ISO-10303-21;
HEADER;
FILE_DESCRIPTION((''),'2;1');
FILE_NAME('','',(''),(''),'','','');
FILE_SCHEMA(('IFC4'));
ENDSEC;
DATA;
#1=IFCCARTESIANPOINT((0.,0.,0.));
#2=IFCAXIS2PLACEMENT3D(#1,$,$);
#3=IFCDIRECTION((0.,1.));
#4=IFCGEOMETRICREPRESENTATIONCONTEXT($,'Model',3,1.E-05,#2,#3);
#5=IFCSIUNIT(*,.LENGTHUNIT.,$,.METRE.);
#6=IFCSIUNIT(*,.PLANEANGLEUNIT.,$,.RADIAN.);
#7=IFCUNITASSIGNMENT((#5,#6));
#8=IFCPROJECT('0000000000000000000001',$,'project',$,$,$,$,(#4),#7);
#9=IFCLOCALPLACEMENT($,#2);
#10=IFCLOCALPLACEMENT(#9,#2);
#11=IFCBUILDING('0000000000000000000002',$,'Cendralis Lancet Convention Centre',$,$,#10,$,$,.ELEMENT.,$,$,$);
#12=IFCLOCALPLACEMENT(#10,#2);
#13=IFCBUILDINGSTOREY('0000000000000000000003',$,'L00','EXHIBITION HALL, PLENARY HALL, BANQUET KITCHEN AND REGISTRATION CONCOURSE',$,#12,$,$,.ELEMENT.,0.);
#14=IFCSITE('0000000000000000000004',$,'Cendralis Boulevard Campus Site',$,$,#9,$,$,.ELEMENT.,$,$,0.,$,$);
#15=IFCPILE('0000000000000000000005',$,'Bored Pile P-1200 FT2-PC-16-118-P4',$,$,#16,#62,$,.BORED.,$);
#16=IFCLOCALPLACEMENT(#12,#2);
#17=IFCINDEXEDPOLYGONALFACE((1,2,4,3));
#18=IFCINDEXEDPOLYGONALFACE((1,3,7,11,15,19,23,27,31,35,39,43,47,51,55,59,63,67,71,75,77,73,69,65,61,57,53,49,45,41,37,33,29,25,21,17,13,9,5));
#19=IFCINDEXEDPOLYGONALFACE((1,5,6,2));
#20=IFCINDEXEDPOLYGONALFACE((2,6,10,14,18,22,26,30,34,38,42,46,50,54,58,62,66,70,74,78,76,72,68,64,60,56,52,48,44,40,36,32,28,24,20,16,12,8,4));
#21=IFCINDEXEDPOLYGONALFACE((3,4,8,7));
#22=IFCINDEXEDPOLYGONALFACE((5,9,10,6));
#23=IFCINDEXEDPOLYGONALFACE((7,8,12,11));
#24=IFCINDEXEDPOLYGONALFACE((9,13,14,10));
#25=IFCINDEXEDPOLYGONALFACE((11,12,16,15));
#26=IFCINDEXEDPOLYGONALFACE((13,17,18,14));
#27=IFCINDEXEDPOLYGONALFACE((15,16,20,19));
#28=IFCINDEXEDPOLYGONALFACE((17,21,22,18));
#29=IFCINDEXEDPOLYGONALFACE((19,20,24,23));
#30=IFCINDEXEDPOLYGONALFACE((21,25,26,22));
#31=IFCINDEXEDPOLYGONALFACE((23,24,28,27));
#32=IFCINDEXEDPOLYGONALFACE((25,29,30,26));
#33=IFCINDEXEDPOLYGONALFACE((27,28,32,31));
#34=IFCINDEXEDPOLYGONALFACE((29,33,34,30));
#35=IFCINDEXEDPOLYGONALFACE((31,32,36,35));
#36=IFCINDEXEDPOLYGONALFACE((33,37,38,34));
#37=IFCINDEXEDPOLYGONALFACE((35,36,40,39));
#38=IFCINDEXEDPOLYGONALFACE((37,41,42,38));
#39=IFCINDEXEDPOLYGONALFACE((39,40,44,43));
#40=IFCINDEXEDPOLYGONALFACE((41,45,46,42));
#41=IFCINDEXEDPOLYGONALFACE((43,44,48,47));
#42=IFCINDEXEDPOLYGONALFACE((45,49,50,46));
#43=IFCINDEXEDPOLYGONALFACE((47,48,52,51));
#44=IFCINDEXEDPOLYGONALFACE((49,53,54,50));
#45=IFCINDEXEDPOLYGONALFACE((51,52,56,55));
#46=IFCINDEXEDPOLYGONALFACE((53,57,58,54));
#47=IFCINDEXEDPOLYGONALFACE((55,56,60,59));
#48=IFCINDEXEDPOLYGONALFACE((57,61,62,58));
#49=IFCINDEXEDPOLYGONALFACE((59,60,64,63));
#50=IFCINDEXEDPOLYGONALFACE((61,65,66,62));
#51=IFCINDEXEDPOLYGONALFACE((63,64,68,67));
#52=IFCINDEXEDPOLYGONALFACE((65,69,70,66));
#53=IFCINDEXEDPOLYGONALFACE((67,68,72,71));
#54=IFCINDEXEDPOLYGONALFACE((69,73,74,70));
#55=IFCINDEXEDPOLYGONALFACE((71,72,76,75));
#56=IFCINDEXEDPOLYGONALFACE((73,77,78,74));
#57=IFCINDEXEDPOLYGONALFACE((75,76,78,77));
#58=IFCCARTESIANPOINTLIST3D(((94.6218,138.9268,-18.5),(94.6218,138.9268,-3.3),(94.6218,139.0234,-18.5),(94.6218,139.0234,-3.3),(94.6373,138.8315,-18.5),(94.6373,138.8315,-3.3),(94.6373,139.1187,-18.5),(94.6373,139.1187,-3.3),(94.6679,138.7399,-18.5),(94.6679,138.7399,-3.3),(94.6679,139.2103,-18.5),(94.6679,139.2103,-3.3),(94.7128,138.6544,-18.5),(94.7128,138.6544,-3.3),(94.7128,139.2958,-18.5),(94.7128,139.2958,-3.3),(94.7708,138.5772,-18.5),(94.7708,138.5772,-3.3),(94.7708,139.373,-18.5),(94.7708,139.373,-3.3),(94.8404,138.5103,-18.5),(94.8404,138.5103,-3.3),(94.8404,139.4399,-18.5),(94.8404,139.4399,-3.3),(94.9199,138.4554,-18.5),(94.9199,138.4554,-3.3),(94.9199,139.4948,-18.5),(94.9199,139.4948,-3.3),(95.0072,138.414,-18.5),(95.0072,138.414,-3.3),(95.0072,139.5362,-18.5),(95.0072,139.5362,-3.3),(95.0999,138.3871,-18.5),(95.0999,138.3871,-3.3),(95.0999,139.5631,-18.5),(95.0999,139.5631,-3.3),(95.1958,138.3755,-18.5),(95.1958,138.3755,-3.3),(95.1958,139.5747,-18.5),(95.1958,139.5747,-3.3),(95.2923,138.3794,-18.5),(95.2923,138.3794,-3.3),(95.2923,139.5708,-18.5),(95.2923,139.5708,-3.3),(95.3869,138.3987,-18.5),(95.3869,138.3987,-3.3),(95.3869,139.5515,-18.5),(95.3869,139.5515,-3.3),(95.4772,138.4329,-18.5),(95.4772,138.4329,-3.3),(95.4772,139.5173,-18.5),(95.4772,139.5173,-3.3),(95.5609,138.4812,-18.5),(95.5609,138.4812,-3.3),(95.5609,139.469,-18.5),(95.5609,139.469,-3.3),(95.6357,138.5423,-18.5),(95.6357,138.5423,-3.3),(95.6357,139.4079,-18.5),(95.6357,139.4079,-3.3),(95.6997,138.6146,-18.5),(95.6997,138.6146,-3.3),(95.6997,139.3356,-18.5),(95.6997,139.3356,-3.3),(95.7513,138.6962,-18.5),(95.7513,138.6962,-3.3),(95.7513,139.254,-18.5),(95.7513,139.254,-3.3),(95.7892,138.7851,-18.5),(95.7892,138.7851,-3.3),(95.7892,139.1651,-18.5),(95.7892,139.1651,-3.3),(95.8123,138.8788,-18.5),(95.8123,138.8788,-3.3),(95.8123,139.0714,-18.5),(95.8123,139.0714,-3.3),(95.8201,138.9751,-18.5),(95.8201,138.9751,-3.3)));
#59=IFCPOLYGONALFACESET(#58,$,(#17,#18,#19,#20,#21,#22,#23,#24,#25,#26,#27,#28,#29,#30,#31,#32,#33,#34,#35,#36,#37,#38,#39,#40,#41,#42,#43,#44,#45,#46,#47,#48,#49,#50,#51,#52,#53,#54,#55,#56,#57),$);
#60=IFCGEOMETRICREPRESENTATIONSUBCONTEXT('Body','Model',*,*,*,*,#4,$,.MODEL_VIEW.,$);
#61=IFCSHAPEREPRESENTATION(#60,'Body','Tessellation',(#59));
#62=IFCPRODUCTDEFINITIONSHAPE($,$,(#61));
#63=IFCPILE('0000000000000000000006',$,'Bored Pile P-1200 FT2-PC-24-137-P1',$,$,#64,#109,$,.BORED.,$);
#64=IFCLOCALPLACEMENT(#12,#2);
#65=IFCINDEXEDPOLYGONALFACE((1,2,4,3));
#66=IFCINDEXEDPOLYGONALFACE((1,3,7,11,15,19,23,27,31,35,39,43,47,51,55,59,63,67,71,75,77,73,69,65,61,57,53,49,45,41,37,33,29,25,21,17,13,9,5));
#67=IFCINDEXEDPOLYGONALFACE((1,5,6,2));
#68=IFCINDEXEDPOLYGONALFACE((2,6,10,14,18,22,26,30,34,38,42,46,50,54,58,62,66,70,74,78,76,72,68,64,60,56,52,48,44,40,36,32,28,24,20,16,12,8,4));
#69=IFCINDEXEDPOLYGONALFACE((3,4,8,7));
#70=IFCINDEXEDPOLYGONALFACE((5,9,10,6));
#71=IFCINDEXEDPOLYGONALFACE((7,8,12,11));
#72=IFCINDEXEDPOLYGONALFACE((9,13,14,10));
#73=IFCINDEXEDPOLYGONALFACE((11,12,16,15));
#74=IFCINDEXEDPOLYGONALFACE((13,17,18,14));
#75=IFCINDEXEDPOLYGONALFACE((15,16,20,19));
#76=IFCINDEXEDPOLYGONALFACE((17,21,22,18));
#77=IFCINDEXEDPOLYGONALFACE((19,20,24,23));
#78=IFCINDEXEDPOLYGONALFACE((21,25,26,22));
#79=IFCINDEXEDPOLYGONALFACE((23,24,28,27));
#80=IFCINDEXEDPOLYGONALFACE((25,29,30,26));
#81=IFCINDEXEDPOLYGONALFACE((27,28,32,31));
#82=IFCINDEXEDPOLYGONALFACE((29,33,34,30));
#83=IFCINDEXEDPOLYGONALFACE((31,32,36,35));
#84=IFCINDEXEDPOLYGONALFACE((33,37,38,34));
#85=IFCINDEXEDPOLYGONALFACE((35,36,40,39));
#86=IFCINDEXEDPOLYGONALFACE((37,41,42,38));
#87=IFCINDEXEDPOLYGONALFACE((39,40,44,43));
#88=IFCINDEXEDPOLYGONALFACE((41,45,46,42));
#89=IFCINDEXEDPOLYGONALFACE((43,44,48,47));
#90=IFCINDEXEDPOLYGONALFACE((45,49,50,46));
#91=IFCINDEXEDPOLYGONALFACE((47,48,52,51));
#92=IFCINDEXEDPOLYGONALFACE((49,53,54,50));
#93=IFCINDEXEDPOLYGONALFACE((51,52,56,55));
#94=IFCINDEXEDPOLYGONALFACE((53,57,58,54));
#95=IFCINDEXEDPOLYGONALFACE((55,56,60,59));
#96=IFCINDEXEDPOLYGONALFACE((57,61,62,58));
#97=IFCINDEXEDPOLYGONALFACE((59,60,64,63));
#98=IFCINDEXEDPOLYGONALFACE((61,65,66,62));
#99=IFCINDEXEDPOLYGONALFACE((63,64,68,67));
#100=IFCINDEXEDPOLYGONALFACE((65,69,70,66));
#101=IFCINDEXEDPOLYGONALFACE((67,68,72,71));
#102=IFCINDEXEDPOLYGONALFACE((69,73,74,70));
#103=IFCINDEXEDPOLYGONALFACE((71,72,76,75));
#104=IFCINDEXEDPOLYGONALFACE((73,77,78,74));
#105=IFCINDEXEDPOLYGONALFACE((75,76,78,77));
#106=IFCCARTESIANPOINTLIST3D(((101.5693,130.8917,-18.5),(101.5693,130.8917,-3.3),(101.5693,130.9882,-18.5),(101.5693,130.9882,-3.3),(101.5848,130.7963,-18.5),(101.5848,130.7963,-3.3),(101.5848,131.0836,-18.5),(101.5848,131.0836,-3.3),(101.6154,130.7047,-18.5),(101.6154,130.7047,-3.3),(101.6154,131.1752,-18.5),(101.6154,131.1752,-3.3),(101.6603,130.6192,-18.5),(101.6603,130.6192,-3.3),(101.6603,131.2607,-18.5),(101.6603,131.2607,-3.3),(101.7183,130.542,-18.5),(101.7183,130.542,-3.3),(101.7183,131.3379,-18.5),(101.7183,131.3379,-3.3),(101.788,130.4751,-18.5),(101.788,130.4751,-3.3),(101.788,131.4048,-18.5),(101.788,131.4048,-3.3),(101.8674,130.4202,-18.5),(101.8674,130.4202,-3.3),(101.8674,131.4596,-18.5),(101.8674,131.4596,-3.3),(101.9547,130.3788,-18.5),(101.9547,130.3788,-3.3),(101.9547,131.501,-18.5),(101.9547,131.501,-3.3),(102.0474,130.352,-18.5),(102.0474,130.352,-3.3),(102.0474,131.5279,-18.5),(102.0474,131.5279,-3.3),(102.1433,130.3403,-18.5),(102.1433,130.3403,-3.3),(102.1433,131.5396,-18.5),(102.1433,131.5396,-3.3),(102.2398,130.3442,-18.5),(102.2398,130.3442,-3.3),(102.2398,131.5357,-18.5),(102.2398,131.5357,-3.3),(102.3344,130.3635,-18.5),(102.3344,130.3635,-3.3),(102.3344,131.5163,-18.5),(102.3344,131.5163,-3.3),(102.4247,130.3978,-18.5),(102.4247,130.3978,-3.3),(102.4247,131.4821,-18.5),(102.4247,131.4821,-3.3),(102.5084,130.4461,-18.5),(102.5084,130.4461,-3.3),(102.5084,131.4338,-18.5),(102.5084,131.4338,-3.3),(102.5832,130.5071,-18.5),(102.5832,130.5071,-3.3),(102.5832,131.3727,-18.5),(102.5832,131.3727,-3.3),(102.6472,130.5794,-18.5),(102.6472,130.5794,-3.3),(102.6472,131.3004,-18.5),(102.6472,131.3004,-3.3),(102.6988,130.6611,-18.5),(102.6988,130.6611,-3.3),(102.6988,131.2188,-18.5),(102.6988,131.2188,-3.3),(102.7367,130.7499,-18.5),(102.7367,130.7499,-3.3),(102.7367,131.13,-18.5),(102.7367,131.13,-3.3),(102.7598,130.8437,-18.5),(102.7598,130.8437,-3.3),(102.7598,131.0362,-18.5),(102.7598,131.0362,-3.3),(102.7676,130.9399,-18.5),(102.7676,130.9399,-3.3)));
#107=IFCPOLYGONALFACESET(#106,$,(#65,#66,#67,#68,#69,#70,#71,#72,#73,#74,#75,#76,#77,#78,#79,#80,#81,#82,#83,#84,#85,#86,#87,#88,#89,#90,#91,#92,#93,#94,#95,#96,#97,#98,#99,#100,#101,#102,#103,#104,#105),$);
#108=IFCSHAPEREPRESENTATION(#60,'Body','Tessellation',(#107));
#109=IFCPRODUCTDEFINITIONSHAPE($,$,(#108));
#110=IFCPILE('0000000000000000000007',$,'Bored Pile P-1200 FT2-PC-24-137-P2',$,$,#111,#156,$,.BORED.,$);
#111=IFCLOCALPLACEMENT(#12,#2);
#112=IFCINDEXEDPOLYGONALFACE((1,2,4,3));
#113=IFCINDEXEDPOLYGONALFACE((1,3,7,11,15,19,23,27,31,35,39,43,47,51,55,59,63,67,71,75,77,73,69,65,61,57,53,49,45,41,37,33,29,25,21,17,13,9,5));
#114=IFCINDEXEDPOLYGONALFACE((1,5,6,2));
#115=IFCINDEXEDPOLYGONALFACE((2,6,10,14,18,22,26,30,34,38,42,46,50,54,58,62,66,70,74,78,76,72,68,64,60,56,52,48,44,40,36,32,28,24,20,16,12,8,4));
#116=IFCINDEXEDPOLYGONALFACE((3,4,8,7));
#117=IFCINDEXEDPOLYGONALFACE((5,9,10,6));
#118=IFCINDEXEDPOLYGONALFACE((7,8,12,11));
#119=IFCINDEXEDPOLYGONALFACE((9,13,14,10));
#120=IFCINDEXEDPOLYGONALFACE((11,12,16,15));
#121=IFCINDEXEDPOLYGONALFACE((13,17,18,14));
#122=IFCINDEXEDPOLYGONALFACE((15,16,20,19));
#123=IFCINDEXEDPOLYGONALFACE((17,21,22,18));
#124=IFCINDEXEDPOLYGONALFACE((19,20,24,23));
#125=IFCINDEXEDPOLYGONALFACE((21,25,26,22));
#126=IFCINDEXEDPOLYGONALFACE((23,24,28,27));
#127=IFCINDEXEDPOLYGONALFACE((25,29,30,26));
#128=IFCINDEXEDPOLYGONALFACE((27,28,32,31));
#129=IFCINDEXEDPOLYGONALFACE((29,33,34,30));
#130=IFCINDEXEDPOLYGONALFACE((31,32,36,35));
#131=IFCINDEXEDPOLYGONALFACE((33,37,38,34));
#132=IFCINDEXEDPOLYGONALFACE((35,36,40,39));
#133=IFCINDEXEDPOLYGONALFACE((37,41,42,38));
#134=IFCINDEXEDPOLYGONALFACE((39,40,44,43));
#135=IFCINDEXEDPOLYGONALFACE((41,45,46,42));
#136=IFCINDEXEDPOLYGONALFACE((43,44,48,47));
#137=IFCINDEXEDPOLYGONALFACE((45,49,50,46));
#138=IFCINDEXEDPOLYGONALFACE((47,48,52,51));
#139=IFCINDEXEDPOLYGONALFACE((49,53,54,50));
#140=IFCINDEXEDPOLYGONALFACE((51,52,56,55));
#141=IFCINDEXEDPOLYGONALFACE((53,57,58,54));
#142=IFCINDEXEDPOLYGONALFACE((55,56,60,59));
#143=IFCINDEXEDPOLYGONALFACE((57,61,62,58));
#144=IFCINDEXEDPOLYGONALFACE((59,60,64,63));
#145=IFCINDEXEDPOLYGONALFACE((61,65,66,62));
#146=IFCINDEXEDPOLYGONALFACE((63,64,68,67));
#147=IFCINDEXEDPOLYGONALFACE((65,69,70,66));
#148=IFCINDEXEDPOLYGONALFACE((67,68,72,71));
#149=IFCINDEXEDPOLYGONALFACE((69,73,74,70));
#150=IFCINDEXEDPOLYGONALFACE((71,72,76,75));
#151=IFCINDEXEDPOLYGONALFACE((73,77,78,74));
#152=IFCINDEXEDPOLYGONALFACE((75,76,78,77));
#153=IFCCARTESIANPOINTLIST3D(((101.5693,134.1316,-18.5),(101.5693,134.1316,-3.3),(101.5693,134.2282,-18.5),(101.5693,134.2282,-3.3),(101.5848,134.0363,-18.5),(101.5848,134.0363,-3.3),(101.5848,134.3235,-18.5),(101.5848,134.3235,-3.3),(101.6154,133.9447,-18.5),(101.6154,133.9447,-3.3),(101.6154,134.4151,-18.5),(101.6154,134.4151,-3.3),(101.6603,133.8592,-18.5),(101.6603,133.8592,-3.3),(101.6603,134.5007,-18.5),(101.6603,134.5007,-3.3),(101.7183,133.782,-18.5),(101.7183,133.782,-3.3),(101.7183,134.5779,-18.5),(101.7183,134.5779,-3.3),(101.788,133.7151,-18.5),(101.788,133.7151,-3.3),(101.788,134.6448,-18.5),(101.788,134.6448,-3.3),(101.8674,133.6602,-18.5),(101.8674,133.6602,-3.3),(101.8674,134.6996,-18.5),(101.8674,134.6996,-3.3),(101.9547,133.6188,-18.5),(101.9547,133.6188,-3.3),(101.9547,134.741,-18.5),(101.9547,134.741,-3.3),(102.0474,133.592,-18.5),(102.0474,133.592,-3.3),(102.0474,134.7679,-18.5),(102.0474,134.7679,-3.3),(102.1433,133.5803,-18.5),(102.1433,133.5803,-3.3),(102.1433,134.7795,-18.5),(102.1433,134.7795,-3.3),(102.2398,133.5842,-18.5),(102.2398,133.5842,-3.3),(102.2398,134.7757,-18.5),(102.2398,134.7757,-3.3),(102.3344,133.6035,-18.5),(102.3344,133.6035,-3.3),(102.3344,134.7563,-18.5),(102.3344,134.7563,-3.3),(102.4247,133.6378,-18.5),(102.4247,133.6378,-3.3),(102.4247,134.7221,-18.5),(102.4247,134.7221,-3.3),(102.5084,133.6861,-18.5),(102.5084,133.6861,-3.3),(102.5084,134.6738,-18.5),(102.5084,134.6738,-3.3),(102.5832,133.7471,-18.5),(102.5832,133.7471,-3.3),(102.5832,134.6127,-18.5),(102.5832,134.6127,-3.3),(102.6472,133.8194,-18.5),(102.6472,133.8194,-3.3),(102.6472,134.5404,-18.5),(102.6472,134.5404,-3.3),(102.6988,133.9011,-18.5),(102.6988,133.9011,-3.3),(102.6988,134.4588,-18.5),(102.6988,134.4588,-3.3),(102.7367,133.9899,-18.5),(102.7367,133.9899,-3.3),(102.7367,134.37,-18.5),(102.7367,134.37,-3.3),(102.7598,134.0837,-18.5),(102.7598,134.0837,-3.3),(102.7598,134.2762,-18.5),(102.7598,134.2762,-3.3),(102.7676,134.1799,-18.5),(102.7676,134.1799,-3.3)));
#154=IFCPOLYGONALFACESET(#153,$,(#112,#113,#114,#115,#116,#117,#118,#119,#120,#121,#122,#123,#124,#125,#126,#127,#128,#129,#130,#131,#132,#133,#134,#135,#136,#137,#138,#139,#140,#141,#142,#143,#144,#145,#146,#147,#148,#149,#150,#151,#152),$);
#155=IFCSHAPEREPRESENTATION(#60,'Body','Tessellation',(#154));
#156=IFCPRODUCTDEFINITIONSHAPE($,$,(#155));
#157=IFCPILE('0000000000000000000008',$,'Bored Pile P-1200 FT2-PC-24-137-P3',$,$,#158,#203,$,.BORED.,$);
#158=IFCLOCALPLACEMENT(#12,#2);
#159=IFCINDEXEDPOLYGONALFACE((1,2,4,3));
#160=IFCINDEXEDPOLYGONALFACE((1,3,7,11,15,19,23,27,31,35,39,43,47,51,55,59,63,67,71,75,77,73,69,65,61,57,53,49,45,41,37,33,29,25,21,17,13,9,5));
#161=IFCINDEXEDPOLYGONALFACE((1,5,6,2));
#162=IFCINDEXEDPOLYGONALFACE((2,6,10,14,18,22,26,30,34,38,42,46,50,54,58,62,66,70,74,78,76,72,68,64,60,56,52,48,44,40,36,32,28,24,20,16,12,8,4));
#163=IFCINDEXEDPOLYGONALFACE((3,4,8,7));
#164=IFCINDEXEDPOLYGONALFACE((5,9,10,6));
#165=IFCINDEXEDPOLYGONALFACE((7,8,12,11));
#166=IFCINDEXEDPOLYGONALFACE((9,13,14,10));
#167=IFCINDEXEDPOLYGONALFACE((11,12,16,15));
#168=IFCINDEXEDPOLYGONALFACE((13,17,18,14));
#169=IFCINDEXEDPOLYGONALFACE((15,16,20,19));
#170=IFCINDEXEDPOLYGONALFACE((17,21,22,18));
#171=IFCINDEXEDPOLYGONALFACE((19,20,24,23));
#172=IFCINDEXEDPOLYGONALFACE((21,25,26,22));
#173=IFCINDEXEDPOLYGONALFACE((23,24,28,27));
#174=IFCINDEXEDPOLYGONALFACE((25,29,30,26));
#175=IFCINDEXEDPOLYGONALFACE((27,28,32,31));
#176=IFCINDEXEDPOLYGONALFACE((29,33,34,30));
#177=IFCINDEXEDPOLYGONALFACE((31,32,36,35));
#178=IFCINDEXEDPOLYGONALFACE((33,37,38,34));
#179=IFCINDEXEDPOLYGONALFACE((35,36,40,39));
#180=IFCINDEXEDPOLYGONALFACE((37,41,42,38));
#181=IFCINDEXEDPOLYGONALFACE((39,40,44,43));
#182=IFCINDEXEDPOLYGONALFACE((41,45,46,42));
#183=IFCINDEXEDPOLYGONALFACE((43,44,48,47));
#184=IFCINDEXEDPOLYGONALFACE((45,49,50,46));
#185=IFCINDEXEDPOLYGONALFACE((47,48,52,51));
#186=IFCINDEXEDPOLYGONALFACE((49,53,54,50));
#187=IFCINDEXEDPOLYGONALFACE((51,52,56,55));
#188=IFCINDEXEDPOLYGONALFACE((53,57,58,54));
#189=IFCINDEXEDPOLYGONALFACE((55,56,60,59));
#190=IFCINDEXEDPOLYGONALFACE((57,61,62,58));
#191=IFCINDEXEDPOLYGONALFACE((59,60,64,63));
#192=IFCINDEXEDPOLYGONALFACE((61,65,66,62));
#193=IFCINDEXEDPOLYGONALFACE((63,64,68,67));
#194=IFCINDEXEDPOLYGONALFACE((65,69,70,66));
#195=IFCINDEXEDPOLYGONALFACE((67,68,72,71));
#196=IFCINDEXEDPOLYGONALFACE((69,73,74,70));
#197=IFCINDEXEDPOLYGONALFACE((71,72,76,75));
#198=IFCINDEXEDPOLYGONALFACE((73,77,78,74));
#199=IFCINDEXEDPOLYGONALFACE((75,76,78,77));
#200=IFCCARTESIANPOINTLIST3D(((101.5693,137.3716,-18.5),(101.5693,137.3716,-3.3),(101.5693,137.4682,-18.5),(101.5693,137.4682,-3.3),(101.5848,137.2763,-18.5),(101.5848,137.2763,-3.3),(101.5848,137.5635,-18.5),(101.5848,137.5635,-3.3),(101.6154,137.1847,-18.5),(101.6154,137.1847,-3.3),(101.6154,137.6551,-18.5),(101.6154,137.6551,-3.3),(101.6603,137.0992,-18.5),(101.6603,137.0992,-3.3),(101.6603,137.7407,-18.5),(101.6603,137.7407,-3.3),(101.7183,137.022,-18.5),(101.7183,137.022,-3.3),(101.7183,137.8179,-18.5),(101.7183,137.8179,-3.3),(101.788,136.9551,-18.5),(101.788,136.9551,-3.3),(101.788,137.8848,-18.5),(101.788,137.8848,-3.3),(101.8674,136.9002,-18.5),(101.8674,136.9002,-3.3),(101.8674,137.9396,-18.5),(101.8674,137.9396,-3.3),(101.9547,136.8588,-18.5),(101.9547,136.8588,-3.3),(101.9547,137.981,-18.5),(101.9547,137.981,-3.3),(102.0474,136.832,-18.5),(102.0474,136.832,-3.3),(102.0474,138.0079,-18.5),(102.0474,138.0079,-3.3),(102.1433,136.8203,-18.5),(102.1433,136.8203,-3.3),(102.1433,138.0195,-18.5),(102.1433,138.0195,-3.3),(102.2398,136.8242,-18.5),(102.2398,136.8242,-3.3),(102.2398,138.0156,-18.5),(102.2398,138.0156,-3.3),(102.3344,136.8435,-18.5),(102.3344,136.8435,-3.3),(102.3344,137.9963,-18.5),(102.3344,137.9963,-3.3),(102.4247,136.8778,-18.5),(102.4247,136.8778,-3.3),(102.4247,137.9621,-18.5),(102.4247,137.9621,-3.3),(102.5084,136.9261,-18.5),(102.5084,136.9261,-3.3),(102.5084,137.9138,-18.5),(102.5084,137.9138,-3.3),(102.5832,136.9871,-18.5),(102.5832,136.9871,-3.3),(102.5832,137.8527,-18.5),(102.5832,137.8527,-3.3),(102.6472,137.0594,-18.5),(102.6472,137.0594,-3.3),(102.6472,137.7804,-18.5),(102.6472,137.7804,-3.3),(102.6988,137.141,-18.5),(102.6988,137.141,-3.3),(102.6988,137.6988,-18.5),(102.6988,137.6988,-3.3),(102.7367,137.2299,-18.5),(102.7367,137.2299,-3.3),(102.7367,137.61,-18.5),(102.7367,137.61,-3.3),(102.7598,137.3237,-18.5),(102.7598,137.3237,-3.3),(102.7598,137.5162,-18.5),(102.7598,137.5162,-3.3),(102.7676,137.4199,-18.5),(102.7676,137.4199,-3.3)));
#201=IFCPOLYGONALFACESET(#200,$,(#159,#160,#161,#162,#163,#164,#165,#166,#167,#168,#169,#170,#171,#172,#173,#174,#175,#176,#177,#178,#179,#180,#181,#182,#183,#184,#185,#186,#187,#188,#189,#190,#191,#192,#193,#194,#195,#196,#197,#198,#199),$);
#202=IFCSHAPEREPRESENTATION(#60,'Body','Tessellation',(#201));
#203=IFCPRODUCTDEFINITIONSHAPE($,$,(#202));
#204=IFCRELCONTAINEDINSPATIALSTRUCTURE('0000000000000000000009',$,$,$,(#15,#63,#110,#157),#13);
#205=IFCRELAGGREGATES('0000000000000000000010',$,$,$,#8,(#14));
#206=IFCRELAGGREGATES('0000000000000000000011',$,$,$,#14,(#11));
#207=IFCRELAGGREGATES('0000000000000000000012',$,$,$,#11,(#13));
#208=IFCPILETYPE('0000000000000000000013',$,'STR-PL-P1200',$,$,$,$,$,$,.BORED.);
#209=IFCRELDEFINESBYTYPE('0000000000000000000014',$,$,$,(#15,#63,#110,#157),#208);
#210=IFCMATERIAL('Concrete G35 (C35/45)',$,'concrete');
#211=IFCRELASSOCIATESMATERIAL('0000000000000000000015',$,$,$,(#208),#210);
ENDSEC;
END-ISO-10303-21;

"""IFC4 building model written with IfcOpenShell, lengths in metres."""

from ifc_helpers import new_model, si_unit, direction, frame, origin, origin_2d, place, context, subcontext, project, spatial, circle, extrude, material, material_profile, profile_set, type_object, element, save


model = new_model("IFC4")

# Units and contexts
model_context = context("Model", 3, precision=1e-05, world=origin(), true_north=direction((0.0, 1.0)))
body_context = subcontext(model_context, "Body", "Model", "MODEL_VIEW")
ifc_project = project(units=[si_unit("LENGTHUNIT", "METRE"), si_unit("PLANEANGLEUNIT", "RADIAN")], contexts=[model_context])

# Site, building, storey
site_placement = place(None, origin())
site = spatial("IfcSite", under=ifc_project, at=site_placement, Name="Cendralis Boulevard Campus Site", CompositionType="ELEMENT", RefElevation=0.0)
building_placement = place(site_placement, origin())
building = spatial("IfcBuilding", under=site, at=building_placement, Name="Cendralis Lancet Convention Centre", CompositionType="ELEMENT")
storey_placement = place(building_placement, origin())
storey = spatial("IfcBuildingStorey", under=building, at=storey_placement, Name="L00", Description="EXHIBITION HALL, PLENARY HALL, BANQUET KITCHEN AND REGISTRATION CONCOURSE", CompositionType="ELEMENT", Elevation=0.0)

# Piles
ifc_material_1 = material(Name="Concrete G35 (C35/45)", Category="concrete")
ifc_material_profile_1 = material_profile(ifc_material_1, circle(Radius=0.6001, at=origin_2d()), Name="BORED PILE D1200")
ifc_profile_set_1 = profile_set([ifc_material_profile_1], Name="Concrete G35 (C35/45)")
pile_type = type_object("IfcPileType", Name="STR-PL-P1200", PredefinedType="BORED", material=ifc_profile_set_1)
for number, where, z_axis, x_axis, name in (
    (1, (95.22, 138.9751, -3.3), (0.0, 0.0, -1.0), (1.0, 0.0, 0.0), "Bored Pile P-1200 FT2-PC-16-118-P4"),
    (2, (102.1675, 130.9399, -3.3), (0.0, 0.0, -1.0), (1.0, 0.0, 0.0), "Bored Pile P-1200 FT2-PC-24-137-P1"),
    (3, (102.1675, 134.1799, -3.3), (0.0, 0.0, -1.0), (1.0, 0.0, 0.0), "Bored Pile P-1200 FT2-PC-24-137-P2"),
    (4, (102.1675, 137.4199, -3.3), (0.0, 0.0, -1.0), (1.0, 0.0, 0.0), "Bored Pile P-1200 FT2-PC-24-137-P3"),
):
    element("IfcPile", number, at=place(storey_placement, frame(where, z_axis=z_axis, x_axis=x_axis)), inside=storey, type_object=pile_type, Name=name, PredefinedType="BORED", context=body_context, shape_type="SweptSolid", body=[
        extrude(circle(Radius=0.6001, at=origin_2d()), origin(), (0.0, 0.0, 1.0), 15.2),
    ])

save(model, "model.ifc")
